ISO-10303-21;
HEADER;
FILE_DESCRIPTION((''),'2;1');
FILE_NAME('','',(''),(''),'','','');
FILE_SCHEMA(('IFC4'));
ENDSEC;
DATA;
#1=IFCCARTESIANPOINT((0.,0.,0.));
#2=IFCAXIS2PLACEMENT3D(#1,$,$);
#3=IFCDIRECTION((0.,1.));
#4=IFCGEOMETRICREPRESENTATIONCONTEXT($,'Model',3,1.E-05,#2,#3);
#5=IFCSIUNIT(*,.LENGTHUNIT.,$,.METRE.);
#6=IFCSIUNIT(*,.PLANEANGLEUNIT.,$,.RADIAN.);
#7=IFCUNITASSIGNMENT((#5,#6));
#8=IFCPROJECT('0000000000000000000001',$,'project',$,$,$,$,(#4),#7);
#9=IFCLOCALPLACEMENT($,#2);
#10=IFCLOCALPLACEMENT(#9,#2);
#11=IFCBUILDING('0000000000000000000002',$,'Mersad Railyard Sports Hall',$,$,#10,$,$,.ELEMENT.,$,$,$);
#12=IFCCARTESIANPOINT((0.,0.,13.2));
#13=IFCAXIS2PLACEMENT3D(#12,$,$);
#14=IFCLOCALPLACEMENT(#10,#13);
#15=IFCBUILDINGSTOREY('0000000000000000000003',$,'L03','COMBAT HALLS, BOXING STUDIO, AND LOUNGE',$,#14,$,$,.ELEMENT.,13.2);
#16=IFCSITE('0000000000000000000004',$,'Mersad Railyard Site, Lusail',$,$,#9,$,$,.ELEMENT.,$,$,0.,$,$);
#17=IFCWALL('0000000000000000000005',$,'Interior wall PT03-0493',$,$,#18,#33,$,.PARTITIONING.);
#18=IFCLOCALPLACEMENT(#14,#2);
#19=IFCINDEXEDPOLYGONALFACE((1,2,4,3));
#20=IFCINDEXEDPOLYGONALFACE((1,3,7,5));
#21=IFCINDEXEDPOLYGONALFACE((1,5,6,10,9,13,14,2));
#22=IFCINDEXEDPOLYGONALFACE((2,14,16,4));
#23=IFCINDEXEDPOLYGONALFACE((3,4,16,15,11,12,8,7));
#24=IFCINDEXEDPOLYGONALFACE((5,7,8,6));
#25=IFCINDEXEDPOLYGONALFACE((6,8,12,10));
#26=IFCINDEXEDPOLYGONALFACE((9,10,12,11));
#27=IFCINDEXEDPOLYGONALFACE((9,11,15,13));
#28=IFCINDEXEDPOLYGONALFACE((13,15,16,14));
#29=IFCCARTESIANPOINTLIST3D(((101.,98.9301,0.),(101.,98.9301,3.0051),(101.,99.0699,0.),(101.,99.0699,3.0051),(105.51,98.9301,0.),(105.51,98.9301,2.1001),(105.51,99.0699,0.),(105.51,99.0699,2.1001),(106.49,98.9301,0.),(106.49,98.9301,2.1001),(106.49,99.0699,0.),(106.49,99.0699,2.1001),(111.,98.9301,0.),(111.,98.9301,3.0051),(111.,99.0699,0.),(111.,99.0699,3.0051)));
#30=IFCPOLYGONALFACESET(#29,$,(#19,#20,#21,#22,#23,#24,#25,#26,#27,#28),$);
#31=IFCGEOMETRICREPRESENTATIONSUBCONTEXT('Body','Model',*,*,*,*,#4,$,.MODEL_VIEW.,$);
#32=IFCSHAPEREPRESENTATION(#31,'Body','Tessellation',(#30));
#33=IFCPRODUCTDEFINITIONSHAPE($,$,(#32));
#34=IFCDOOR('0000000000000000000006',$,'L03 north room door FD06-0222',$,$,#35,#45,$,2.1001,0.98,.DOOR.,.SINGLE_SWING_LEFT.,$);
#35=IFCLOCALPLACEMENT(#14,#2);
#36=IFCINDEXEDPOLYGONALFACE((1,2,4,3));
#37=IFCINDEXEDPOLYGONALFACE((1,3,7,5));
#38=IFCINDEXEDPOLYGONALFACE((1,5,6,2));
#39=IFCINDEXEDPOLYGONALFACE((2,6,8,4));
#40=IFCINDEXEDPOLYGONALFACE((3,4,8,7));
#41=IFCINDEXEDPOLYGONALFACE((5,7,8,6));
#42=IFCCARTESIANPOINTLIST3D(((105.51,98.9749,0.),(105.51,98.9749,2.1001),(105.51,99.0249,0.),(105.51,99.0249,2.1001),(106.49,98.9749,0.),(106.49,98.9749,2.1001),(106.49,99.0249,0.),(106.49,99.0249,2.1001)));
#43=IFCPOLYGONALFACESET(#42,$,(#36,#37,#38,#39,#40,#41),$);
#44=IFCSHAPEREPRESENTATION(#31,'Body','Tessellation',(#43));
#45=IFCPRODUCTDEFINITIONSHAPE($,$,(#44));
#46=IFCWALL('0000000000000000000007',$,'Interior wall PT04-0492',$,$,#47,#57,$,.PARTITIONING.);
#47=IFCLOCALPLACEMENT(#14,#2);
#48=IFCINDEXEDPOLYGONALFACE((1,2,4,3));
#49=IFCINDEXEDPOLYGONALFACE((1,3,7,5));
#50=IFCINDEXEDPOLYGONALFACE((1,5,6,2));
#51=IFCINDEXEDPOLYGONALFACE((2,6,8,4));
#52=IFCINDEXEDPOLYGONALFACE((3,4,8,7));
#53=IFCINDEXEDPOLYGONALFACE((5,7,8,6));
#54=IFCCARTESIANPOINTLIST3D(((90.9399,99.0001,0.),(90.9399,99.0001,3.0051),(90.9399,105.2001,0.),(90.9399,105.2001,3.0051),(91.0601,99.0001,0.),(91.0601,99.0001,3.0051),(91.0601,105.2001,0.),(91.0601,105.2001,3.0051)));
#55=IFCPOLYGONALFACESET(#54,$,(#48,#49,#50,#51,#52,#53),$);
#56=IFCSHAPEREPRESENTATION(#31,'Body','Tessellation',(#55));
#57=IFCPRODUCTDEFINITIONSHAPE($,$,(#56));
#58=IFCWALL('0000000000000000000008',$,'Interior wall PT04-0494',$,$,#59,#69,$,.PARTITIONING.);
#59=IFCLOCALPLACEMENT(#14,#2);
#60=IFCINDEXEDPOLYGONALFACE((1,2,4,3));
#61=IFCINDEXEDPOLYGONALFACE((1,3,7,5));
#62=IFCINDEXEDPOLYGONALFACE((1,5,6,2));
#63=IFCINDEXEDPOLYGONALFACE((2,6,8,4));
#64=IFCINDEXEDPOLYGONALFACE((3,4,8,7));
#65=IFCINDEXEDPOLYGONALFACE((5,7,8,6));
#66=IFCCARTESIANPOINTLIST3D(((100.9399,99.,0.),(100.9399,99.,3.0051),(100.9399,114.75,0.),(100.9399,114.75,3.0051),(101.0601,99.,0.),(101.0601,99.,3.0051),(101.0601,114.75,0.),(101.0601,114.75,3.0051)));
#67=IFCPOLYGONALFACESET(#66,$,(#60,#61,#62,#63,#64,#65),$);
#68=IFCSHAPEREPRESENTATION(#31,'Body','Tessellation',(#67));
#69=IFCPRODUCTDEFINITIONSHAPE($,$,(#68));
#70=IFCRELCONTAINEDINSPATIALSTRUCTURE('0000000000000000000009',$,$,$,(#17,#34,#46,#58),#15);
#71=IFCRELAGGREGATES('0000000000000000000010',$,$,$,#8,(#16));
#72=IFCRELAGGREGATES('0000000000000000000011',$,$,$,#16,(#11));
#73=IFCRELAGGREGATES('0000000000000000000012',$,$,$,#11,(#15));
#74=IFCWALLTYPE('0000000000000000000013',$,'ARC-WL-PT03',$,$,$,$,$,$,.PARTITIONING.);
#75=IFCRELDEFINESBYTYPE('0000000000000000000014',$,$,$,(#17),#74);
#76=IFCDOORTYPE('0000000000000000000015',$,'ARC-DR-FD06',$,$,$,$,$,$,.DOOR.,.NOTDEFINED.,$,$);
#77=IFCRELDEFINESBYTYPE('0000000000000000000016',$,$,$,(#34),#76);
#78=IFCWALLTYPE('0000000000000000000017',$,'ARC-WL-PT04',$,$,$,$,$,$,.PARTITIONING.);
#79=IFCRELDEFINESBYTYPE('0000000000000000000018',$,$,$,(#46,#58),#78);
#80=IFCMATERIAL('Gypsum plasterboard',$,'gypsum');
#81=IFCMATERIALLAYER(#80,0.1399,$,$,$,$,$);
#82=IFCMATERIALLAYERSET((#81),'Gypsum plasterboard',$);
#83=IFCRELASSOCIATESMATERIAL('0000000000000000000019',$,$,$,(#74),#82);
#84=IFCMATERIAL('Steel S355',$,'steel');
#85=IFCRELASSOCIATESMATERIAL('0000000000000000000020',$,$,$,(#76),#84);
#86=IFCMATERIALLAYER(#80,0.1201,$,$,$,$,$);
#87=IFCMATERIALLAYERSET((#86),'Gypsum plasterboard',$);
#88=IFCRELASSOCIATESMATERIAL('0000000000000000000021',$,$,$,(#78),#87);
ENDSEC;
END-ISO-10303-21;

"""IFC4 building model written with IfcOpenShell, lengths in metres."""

from ifc_helpers import new_model, si_unit, direction, frame, frame_2d, origin, place, context, subcontext, project, spatial, rectangle, extrude, material, layer, layer_set, type_object, element, fill, save


model = new_model("IFC4")

# Units and contexts
model_context = context("Model", 3, precision=1e-05, world=origin(), true_north=direction((0.0, 1.0)))
body_context = subcontext(model_context, "Body", "Model", "MODEL_VIEW")
ifc_project = project(units=[si_unit("LENGTHUNIT", "METRE"), si_unit("PLANEANGLEUNIT", "RADIAN")], contexts=[model_context])

# Site, building, storey
site_placement = place(None, origin())
site = spatial("IfcSite", under=ifc_project, at=site_placement, Name="Mersad Railyard Site, Lusail", CompositionType="ELEMENT", RefElevation=0.0)
building_placement = place(site_placement, origin())
building = spatial("IfcBuilding", under=site, at=building_placement, Name="Mersad Railyard Sports Hall", CompositionType="ELEMENT")
storey_placement = place(building_placement, frame((0.0, 0.0, 13.2)))
storey = spatial("IfcBuildingStorey", under=building, at=storey_placement, Name="L03", Description="COMBAT HALLS, BOXING STUDIO, AND LOUNGE", CompositionType="ELEMENT", Elevation=13.2)

# Shared definitions
ifc_material_1 = material(Name="Steel S355", Category="steel")

# Wall, opening, door
ifc_material_2 = material(Name="Gypsum plasterboard", Category="gypsum")
ifc_layer_1 = layer(ifc_material_2, 0.1399)
ifc_layer_set_1 = layer_set([ifc_layer_1], Name="Gypsum plasterboard")
wall_type_1 = type_object("IfcWallType", Name="ARC-WL-PT03", PredefinedType="PARTITIONING", material=ifc_layer_set_1)
wall_1_placement = place(storey_placement, frame((101.0, 99.0, 0.0), z_axis=(0.0, 0.0, 1.0), x_axis=(1.0, 0.0, 0.0)))
wall_1 = element("IfcWall", 1, at=wall_1_placement, inside=storey, type_object=wall_type_1, Name="Interior wall PT03-0493", PredefinedType="PARTITIONING", context=body_context, shape_type="SweptSolid", body=[
    extrude(rectangle(XDim=10.0, YDim=0.1399, at=frame_2d((5.0, 0.0))), origin(), (0.0, 0.0, 1.0), 3.0051),
])
opening_1_placement = place(wall_1_placement, frame((4.51, 0.0, 0.0)))
opening_1 = element("IfcOpeningElement", 2, at=opening_1_placement, cuts=wall_1, PredefinedType="OPENING", context=body_context, shape_type="SweptSolid", body=[
    extrude(rectangle(XDim=0.98, YDim=2.1001, at=frame_2d((0.49, 1.05))), frame((0.0, 0.0798, 0.0), z_axis=(0.0, -1.0, 0.0), x_axis=(1.0, 0.0, 0.0)), (0.0, 0.0, 1.0), 0.1599),
])
door_type_1 = type_object("IfcDoorType", Name="ARC-DR-FD06", OperationType="NOTDEFINED", PredefinedType="DOOR", material=ifc_material_1)
door_1_placement = place(opening_1_placement, origin())
door_1 = element("IfcDoor", 3, at=door_1_placement, inside=storey, type_object=door_type_1, Name="L03 north room door FD06-0222", OperationType="SINGLE_SWING_LEFT", OverallHeight=2.1001, OverallWidth=0.98, PredefinedType="DOOR", context=body_context, shape_type="SweptSolid", body=[
    extrude(rectangle(XDim=0.98, YDim=2.1001, at=frame_2d((0.49, 1.05))), frame((0.0, 0.0249, 0.0), z_axis=(0.0, -1.0, 0.0), x_axis=(1.0, 0.0, 0.0)), (0.0, 0.0, 1.0), 0.05),
])
fill(opening_1, door_1)

# Walls
ifc_layer_2 = layer(ifc_material_2, 0.1201)
ifc_layer_set_2 = layer_set([ifc_layer_2], Name="Gypsum plasterboard")
wall_type_2 = type_object("IfcWallType", Name="ARC-WL-PT04", PredefinedType="PARTITIONING", material=ifc_layer_set_2)
wall_2_placement = place(storey_placement, frame((91.0, 99.0, 0.0), z_axis=(0.0, 0.0, 1.0), x_axis=(0.0, 1.0, 0.0)))
element("IfcWall", 4, at=wall_2_placement, inside=storey, type_object=wall_type_2, Name="Interior wall PT04-0492", PredefinedType="PARTITIONING", context=body_context, shape_type="SweptSolid", body=[
    extrude(rectangle(XDim=6.2, YDim=0.1201, at=frame_2d((3.1001, 0.0))), origin(), (0.0, 0.0, 1.0), 3.0051),
])
wall_3_placement = place(storey_placement, frame((101.0, 99.0, 0.0), z_axis=(0.0, 0.0, 1.0), x_axis=(0.0, 1.0, 0.0)))
element("IfcWall", 5, at=wall_3_placement, inside=storey, type_object=wall_type_2, Name="Interior wall PT04-0494", PredefinedType="PARTITIONING", context=body_context, shape_type="SweptSolid", body=[
    extrude(rectangle(XDim=15.75, YDim=0.1201, at=frame_2d((7.875, 0.0))), origin(), (0.0, 0.0, 1.0), 3.0051),
])

save(model, "model.ifc")
